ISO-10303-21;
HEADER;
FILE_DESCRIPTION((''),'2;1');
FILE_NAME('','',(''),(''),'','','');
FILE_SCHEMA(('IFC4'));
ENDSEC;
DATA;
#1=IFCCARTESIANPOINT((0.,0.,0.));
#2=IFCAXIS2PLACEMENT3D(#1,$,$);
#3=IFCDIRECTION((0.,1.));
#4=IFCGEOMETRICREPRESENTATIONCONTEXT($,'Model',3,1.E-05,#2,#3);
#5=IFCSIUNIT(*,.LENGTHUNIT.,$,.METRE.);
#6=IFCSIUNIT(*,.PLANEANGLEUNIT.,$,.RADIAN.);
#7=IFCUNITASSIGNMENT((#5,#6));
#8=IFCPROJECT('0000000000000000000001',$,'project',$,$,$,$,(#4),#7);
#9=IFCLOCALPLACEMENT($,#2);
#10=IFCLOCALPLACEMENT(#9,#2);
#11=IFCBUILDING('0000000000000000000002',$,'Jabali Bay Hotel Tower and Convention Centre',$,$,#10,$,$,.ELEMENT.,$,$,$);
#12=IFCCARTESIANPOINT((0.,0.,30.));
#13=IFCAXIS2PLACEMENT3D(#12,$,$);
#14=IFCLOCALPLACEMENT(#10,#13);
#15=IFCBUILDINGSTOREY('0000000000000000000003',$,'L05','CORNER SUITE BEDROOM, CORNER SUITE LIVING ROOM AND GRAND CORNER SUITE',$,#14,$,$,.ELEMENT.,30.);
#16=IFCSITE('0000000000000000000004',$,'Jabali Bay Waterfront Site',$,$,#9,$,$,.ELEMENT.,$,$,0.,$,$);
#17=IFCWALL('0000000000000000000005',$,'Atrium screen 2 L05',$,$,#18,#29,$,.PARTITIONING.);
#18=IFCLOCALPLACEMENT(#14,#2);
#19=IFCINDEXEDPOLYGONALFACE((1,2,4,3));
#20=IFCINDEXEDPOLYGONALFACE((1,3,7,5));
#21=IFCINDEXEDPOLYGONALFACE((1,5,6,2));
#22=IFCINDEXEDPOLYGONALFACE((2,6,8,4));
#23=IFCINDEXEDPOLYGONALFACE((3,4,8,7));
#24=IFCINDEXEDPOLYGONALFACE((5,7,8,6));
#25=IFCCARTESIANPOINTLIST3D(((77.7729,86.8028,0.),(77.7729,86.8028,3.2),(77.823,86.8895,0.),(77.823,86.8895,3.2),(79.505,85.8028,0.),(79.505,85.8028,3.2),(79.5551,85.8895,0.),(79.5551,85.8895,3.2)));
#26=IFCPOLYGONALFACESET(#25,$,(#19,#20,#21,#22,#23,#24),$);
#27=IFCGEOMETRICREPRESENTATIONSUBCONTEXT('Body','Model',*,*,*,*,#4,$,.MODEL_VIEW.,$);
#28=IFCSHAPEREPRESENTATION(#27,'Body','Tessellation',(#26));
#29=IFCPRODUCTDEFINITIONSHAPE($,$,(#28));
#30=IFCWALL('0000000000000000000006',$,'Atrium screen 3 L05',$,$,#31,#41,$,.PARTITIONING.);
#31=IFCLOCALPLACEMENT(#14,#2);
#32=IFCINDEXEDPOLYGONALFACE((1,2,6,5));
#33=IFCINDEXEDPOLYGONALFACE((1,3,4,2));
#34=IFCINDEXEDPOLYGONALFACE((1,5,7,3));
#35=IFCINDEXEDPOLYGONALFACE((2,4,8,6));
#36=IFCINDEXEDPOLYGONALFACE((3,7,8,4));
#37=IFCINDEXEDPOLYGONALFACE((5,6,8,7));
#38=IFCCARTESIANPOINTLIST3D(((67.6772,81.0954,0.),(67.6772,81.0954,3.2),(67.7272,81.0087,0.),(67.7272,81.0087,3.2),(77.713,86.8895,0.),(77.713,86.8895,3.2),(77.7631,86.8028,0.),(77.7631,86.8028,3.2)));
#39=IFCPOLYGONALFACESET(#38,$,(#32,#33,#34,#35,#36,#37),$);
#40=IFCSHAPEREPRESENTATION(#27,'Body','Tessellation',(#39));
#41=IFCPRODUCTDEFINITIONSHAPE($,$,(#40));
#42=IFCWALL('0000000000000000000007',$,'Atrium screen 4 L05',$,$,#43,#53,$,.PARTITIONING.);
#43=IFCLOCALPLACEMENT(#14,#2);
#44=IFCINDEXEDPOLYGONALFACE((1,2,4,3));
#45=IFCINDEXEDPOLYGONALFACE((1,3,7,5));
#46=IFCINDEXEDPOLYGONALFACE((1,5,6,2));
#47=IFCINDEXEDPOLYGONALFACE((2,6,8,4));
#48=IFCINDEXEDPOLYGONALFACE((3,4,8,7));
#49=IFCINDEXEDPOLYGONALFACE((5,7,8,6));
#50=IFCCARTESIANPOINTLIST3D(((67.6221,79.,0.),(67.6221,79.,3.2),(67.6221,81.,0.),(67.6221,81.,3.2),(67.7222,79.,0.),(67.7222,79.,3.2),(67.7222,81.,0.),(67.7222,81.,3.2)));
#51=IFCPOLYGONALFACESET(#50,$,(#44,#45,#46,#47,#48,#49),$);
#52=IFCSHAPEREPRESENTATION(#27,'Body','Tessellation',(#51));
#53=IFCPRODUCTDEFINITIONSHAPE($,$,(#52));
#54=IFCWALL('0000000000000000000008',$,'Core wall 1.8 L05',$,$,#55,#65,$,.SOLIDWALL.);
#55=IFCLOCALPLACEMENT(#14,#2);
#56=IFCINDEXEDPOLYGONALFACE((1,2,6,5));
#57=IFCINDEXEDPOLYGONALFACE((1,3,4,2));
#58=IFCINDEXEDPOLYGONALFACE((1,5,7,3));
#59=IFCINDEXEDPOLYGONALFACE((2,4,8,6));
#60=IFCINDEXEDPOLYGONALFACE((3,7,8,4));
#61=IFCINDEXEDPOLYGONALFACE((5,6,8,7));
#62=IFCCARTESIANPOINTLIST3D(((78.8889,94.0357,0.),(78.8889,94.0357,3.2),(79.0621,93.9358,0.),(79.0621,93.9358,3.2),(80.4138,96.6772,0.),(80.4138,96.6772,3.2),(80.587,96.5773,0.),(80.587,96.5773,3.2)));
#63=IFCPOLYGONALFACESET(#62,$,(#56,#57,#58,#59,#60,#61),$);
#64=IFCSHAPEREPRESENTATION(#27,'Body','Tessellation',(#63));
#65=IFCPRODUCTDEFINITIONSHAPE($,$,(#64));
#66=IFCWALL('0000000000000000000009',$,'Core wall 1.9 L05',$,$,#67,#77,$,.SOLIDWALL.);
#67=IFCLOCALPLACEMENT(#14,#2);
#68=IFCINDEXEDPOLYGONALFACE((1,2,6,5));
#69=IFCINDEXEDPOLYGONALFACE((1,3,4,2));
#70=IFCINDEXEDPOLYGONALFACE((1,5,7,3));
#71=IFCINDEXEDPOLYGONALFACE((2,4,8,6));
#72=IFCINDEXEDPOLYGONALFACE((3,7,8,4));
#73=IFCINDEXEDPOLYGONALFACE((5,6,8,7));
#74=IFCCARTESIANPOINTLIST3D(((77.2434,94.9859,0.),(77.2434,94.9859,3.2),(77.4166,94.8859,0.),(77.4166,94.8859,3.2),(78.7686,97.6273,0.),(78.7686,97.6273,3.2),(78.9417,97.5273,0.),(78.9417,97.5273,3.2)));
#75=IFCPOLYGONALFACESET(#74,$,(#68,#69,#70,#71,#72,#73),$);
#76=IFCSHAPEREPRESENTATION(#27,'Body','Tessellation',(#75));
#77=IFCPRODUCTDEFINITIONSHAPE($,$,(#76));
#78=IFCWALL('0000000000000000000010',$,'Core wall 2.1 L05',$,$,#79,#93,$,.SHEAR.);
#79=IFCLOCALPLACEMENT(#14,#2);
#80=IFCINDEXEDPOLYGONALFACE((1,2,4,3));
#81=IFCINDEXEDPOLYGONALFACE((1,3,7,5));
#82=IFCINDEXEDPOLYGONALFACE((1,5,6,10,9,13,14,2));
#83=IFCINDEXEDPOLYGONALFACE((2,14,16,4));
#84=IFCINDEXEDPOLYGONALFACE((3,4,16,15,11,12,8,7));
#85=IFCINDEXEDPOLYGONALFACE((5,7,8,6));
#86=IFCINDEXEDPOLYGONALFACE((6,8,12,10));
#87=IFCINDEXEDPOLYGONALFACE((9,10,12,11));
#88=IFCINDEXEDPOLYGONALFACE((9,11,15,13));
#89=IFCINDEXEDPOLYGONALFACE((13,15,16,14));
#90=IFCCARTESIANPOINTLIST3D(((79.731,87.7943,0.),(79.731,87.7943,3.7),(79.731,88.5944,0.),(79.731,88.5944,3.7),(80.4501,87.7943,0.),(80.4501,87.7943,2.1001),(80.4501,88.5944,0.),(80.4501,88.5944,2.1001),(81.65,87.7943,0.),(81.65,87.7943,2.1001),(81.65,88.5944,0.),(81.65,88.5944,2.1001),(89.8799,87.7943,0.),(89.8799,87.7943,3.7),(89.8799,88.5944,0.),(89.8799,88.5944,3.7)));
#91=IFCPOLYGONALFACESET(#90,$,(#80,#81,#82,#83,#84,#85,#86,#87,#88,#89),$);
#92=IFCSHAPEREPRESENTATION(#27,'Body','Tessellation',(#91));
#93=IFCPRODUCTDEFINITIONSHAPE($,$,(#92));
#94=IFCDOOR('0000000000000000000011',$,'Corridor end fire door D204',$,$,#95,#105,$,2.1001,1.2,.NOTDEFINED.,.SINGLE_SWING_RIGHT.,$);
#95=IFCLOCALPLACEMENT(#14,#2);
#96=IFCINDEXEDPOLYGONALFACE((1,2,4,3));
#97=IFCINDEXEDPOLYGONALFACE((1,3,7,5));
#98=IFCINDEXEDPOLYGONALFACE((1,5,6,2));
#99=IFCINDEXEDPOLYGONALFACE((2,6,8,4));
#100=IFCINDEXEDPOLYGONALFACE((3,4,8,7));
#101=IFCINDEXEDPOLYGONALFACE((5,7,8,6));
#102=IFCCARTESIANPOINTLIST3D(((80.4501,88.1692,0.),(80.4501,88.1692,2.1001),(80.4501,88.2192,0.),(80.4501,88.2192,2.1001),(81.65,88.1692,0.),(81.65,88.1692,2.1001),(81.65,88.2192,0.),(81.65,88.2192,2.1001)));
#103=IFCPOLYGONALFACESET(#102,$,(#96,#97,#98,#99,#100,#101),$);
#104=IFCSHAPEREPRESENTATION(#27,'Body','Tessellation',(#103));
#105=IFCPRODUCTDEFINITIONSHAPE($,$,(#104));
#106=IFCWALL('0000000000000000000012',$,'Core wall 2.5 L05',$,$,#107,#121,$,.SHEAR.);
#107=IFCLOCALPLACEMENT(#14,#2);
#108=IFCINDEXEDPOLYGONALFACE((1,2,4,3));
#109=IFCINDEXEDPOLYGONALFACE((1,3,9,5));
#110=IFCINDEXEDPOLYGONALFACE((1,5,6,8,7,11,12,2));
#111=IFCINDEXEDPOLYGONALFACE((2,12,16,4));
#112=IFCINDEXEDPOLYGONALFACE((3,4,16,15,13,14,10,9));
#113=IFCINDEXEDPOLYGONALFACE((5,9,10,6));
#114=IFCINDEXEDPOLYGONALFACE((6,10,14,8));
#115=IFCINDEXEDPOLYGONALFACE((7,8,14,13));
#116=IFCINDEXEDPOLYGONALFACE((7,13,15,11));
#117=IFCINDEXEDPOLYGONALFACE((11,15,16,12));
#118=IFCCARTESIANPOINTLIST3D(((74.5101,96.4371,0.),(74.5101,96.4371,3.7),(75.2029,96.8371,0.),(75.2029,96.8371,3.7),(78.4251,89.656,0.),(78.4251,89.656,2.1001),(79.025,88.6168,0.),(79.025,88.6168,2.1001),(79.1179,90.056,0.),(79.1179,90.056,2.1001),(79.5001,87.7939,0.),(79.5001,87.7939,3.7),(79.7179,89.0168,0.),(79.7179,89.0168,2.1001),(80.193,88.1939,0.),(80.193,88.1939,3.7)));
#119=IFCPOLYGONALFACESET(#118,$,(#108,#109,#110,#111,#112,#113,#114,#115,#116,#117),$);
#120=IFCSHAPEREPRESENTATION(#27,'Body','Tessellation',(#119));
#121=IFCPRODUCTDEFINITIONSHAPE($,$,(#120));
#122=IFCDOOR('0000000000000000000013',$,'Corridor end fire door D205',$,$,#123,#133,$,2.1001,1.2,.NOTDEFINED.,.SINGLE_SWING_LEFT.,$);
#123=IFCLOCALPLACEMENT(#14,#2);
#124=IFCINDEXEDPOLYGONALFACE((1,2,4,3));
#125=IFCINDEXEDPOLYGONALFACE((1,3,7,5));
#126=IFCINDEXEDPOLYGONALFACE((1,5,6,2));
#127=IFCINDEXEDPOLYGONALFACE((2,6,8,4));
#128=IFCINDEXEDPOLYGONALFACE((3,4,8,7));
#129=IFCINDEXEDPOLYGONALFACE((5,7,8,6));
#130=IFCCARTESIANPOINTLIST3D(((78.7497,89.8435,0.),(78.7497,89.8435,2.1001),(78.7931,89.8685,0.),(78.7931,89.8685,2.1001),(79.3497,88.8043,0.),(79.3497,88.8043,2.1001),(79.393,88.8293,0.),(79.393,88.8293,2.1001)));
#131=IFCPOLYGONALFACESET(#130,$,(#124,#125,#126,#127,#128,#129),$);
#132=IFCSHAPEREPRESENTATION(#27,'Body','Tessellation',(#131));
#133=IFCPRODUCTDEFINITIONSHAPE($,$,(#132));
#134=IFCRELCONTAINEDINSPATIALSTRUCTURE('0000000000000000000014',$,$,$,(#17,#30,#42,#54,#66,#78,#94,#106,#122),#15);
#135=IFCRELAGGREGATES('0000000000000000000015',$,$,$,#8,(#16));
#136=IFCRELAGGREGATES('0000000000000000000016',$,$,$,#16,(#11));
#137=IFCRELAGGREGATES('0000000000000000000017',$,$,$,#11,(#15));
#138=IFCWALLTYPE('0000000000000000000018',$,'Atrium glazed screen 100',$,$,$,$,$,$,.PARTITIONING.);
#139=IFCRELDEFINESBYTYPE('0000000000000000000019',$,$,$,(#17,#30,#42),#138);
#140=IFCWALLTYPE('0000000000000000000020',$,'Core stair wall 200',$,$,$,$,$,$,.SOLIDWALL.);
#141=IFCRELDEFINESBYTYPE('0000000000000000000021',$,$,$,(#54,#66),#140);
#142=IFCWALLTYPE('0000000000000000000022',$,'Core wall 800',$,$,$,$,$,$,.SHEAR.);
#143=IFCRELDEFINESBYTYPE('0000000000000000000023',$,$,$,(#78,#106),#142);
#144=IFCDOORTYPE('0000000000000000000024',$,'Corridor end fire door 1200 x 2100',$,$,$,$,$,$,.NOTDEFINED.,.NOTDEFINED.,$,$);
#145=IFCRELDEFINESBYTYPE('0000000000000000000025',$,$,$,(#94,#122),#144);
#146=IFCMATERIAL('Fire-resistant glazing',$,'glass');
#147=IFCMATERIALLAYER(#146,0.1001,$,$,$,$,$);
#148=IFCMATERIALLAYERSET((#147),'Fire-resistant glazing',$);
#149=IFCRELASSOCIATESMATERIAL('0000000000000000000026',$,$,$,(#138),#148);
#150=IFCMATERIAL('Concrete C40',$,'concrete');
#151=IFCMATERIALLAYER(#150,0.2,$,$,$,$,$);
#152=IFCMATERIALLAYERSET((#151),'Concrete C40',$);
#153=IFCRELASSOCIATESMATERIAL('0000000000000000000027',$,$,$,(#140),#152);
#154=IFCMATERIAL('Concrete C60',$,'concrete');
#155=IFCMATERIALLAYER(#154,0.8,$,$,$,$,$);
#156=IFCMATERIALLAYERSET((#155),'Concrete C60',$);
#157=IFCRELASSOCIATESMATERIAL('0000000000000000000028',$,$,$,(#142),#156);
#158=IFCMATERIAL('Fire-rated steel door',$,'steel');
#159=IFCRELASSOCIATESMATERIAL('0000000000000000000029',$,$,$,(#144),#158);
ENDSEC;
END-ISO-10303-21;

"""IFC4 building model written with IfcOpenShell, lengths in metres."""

from ifc_helpers import new_model, si_unit, direction, frame, frame_2d, origin, place, context, subcontext, project, spatial, rectangle, extrude, material, layer, layer_set, type_object, element, fill, save


model = new_model("IFC4")

# Units and contexts
model_context = context("Model", 3, precision=1e-05, world=origin(), true_north=direction((0.0, 1.0)))
body_context = subcontext(model_context, "Body", "Model", "MODEL_VIEW")
ifc_project = project(units=[si_unit("LENGTHUNIT", "METRE"), si_unit("PLANEANGLEUNIT", "RADIAN")], contexts=[model_context])

# Site, building, storey
site_placement = place(None, origin())
site = spatial("IfcSite", under=ifc_project, at=site_placement, Name="Jabali Bay Waterfront Site", CompositionType="ELEMENT", RefElevation=0.0)
building_placement = place(site_placement, origin())
building = spatial("IfcBuilding", under=site, at=building_placement, Name="Jabali Bay Hotel Tower and Convention Centre", CompositionType="ELEMENT")
storey_placement = place(building_placement, frame((0.0, 0.0, 30.0)))
storey = spatial("IfcBuildingStorey", under=building, at=storey_placement, Name="L05", Description="CORNER SUITE BEDROOM, CORNER SUITE LIVING ROOM AND GRAND CORNER SUITE", CompositionType="ELEMENT", Elevation=30.0)

# Walls
ifc_material_1 = material(Name="Fire-resistant glazing", Category="glass")
ifc_layer_1 = layer(ifc_material_1, 0.1001)
ifc_layer_set_1 = layer_set([ifc_layer_1], Name="Fire-resistant glazing")
wall_type_1 = type_object("IfcWallType", Name="Atrium glazed screen 100", PredefinedType="PARTITIONING", material=ifc_layer_set_1)
wall_1_placement = place(storey_placement, frame((79.53, 85.8462, 0.0), z_axis=(0.0, 0.0, 1.0), x_axis=(-0.866041, 0.499973, 0.0)))
element("IfcWall", 1, at=wall_1_placement, inside=storey, type_object=wall_type_1, Name="Atrium screen 2 L05", PredefinedType="PARTITIONING", context=body_context, shape_type="SweptSolid", body=[
    extrude(rectangle(XDim=2.0, YDim=0.1001, at=frame_2d((1.0, 0.0))), origin(), (0.0, 0.0, 1.0), 3.2),
])
wall_2_placement = place(storey_placement, frame((77.738, 86.8462, 0.0), z_axis=(0.0, 0.0, 1.0), x_axis=(-0.866027, -0.499998, 0.0)))
element("IfcWall", 2, at=wall_2_placement, inside=storey, type_object=wall_type_1, Name="Atrium screen 3 L05", PredefinedType="PARTITIONING", context=body_context, shape_type="SweptSolid", body=[
    extrude(rectangle(XDim=11.5884, YDim=0.1001, at=frame_2d((5.7942, 0.0))), origin(), (0.0, 0.0, 1.0), 3.2),
])
wall_3_placement = place(storey_placement, frame((67.6721, 81.0, 0.0), z_axis=(0.0, 0.0, 1.0), x_axis=(0.0, -1.0, 0.0)))
element("IfcWall", 3, at=wall_3_placement, inside=storey, type_object=wall_type_1, Name="Atrium screen 4 L05", PredefinedType="PARTITIONING", context=body_context, shape_type="SweptSolid", body=[
    extrude(rectangle(XDim=2.0, YDim=0.1001, at=frame_2d((1.0, 0.0))), origin(), (0.0, 0.0, 1.0), 3.2),
])
ifc_material_2 = material(Name="Concrete C40", Category="concrete")
ifc_layer_2 = layer(ifc_material_2, 0.2)
ifc_layer_set_2 = layer_set([ifc_layer_2], Name="Concrete C40")
wall_type_2 = type_object("IfcWallType", Name="Core stair wall 200", PredefinedType="SOLIDWALL", material=ifc_layer_set_2)
for number, where, z_axis, x_axis, name in (
    (4, (78.9756, 93.9858, 0.0), (0.0, 0.0, 1.0), (0.499944, 0.866058, 0.0), "Core wall 1.8 L05"),
    (5, (77.3301, 94.936, 0.0), (0.0, 0.0, 1.0), (0.500039, 0.866003, 0.0), "Core wall 1.9 L05"),
):
    element("IfcWall", number, at=place(storey_placement, frame(where, z_axis=z_axis, x_axis=x_axis)), inside=storey, type_object=wall_type_2, Name=name, PredefinedType="SOLIDWALL", context=body_context, shape_type="SweptSolid", body=[
        extrude(rectangle(XDim=3.05, YDim=0.2, at=frame_2d((1.5249, 0.0))), origin(), (0.0, 0.0, 1.0), 3.2),
    ])

# Walls, openings, doors
ifc_material_3 = material(Name="Concrete C60", Category="concrete")
ifc_layer_3 = layer(ifc_material_3, 0.8)
ifc_layer_set_3 = layer_set([ifc_layer_3], Name="Concrete C60")
wall_type_3 = type_object("IfcWallType", Name="Core wall 800", PredefinedType="SHEAR", material=ifc_layer_set_3)
wall_4_placement = place(storey_placement, frame((79.731, 88.1943, 0.0), z_axis=(0.0, 0.0, 1.0), x_axis=(1.0, 0.0, 0.0)))
wall_4 = element("IfcWall", 6, at=wall_4_placement, inside=storey, type_object=wall_type_3, Name="Core wall 2.1 L05", PredefinedType="SHEAR", context=body_context, shape_type="SweptSolid", body=[
    extrude(rectangle(XDim=10.1489, YDim=0.8, at=frame_2d((5.0745, 0.0))), origin(), (0.0, 0.0, 1.0), 3.7),
])
opening_1_placement = place(wall_4_placement, frame((0.719, 0.0, 0.0)))
opening_1 = element("IfcOpeningElement", 7, at=opening_1_placement, cuts=wall_4, PredefinedType="OPENING", context=body_context, shape_type="SweptSolid", body=[
    extrude(rectangle(XDim=1.2, YDim=2.1001, at=frame_2d((0.6001, 1.05))), frame((0.0, 0.4106, 0.0), z_axis=(0.0, -1.0, 0.0), x_axis=(1.0, 0.0, 0.0)), (0.0, 0.0, 1.0), 0.821),
])
ifc_material_4 = material(Name="Fire-rated steel door", Category="steel")
door_type_1 = type_object("IfcDoorType", Name="Corridor end fire door 1200 x 2100", OperationType="NOTDEFINED", PredefinedType="NOTDEFINED", material=ifc_material_4)
door_1_placement = place(opening_1_placement, origin())
door_1 = element("IfcDoor", 8, at=door_1_placement, inside=storey, type_object=door_type_1, Name="Corridor end fire door D204", OperationType="SINGLE_SWING_RIGHT", OverallHeight=2.1001, OverallWidth=1.2, PredefinedType="NOTDEFINED", context=body_context, shape_type="SweptSolid", body=[
    extrude(rectangle(XDim=1.2, YDim=2.1001, at=frame_2d((0.6001, 1.05))), frame((0.0, 0.0249, 0.0), z_axis=(0.0, -1.0, 0.0), x_axis=(1.0, 0.0, 0.0)), (0.0, 0.0, 1.0), 0.05),
])
fill(opening_1, door_1)
wall_5_placement = place(storey_placement, frame((74.8564, 96.6372, 0.0), z_axis=(0.0, 0.0, 1.0), x_axis=(0.499994, -0.866029, 0.0)))
wall_5 = element("IfcWall", 9, at=wall_5_placement, inside=storey, type_object=wall_type_3, Name="Core wall 2.5 L05", PredefinedType="SHEAR", context=body_context, shape_type="SweptSolid", body=[
    extrude(rectangle(XDim=9.9802, YDim=0.8, at=frame_2d((4.9902, 0.0))), origin(), (0.0, 0.0, 1.0), 3.7),
])
opening_2_placement = place(wall_5_placement, frame((7.8301, 0.0, 0.0)))
opening_2 = element("IfcOpeningElement", 10, at=opening_2_placement, cuts=wall_5, PredefinedType="OPENING", context=body_context, shape_type="SweptSolid", body=[
    extrude(rectangle(XDim=1.2, YDim=2.1001, at=frame_2d((0.6001, 1.05))), frame((0.0, 0.4106, 0.0), z_axis=(0.0, -1.0, 0.0), x_axis=(1.0, 0.0, 0.0)), (0.0, 0.0, 1.0), 0.821),
])
door_2_placement = place(opening_2_placement, origin())
door_2 = element("IfcDoor", 11, at=door_2_placement, inside=storey, type_object=door_type_1, Name="Corridor end fire door D205", OperationType="SINGLE_SWING_LEFT", OverallHeight=2.1001, OverallWidth=1.2, PredefinedType="NOTDEFINED", context=body_context, shape_type="SweptSolid", body=[
    extrude(rectangle(XDim=1.2, YDim=2.1001, at=frame_2d((0.6001, 1.05))), frame((0.0, 0.0249, 0.0), z_axis=(0.0, -1.0, 0.0), x_axis=(1.0, 0.0, 0.0)), (0.0, 0.0, 1.0), 0.05),
])
fill(opening_2, door_2)

save(model, "model.ifc")
